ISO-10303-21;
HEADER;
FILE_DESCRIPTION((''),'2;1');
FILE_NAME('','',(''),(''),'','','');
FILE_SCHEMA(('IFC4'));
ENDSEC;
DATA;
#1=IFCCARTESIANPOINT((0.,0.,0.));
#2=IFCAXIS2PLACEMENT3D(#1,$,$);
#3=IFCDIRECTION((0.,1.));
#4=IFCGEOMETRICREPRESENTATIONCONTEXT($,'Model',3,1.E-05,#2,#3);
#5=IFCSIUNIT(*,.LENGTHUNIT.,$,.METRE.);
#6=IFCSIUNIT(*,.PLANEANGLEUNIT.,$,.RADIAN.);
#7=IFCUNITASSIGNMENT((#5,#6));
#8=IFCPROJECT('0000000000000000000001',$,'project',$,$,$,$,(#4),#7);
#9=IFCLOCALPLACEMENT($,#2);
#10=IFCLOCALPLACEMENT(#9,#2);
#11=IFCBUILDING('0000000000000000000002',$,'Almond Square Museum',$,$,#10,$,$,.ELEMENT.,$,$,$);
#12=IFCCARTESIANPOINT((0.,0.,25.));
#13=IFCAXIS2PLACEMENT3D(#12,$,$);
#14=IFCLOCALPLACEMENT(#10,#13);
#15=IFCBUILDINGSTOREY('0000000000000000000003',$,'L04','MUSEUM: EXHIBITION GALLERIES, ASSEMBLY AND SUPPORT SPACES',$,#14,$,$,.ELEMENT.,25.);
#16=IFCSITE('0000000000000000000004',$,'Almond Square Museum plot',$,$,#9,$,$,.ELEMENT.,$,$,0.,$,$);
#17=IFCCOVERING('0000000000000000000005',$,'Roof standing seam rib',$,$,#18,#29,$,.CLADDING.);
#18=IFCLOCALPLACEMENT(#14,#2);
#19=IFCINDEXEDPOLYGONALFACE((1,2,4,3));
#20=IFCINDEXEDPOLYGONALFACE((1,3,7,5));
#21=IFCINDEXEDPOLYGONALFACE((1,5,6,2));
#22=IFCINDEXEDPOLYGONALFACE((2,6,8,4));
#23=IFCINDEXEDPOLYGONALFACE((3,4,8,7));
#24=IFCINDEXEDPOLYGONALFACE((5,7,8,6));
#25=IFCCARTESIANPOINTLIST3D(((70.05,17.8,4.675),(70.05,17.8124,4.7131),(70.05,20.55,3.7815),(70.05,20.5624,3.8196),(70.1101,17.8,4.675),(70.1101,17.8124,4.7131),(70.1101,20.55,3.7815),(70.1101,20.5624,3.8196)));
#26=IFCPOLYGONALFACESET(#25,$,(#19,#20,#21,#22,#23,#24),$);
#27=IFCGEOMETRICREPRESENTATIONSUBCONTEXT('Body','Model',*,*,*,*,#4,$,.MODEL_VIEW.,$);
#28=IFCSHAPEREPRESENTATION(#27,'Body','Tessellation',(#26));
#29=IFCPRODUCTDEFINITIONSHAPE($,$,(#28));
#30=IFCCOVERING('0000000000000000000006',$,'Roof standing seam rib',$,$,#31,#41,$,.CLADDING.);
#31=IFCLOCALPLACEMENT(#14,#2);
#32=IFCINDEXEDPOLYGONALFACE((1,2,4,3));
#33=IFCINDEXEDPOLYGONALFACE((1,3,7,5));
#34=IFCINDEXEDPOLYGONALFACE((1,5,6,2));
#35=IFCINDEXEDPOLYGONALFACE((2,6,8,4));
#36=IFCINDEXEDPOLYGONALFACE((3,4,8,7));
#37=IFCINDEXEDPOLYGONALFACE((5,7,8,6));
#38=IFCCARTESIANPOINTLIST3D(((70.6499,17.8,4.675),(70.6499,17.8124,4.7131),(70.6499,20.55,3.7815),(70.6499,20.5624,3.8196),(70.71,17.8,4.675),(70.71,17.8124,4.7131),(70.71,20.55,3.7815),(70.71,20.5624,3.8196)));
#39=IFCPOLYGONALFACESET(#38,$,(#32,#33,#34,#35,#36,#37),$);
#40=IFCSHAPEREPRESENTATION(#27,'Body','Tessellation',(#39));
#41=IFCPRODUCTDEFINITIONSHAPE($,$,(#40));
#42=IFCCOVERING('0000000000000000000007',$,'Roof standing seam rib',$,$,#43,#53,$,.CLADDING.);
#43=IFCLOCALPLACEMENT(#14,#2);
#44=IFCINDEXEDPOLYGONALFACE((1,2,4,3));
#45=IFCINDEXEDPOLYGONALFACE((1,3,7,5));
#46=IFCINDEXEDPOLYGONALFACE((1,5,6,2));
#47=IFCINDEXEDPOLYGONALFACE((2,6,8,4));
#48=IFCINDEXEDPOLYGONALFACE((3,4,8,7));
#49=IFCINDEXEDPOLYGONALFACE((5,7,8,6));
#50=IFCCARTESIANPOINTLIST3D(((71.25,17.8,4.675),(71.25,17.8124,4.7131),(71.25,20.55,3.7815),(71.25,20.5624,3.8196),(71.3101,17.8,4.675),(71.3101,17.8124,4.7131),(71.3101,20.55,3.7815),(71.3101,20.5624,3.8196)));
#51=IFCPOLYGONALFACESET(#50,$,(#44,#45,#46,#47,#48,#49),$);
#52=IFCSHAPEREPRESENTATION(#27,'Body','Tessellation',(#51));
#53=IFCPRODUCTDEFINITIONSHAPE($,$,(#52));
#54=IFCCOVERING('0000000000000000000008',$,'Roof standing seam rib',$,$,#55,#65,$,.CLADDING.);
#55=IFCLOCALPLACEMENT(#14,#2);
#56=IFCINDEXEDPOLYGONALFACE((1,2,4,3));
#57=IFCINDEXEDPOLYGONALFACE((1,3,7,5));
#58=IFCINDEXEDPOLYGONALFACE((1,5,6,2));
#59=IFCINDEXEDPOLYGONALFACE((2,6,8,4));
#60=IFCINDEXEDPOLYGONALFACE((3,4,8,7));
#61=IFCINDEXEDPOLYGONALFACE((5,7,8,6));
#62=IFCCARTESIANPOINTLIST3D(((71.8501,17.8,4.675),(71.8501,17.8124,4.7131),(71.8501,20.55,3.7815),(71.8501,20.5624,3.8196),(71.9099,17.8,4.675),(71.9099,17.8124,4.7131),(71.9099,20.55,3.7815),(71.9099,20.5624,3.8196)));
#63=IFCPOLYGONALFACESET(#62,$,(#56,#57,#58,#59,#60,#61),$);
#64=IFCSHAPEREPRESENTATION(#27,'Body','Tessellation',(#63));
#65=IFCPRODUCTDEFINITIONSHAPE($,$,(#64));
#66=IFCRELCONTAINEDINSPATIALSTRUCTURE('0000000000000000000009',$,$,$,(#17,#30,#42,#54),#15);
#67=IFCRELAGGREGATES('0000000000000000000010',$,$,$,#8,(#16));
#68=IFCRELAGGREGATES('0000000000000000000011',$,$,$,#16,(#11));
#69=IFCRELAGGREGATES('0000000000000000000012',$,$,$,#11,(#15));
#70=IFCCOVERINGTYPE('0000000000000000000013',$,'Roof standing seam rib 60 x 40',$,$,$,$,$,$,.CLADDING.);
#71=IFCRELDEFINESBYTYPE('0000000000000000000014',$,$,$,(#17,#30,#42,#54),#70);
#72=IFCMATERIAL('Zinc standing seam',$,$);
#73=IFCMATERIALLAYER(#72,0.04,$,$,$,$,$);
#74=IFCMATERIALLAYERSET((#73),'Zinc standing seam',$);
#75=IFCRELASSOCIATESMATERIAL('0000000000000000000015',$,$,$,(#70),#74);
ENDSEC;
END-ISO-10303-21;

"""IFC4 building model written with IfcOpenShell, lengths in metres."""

from ifc_helpers import new_model, si_unit, direction, frame, origin, place, context, subcontext, project, spatial, polyline, outline, extrude, material, layer, layer_set, type_object, element, save


model = new_model("IFC4")

# Units and contexts
model_context = context("Model", 3, precision=1e-05, world=origin(), true_north=direction((0.0, 1.0)))
body_context = subcontext(model_context, "Body", "Model", "MODEL_VIEW")
ifc_project = project(units=[si_unit("LENGTHUNIT", "METRE"), si_unit("PLANEANGLEUNIT", "RADIAN")], contexts=[model_context])

# Site, building, storey
site_placement = place(None, origin())
site = spatial("IfcSite", under=ifc_project, at=site_placement, Name="Almond Square Museum plot", CompositionType="ELEMENT", RefElevation=0.0)
building_placement = place(site_placement, origin())
building = spatial("IfcBuilding", under=site, at=building_placement, Name="Almond Square Museum", CompositionType="ELEMENT")
storey_placement = place(building_placement, frame((0.0, 0.0, 25.0)))
storey = spatial("IfcBuildingStorey", under=building, at=storey_placement, Name="L04", Description="MUSEUM: EXHIBITION GALLERIES, ASSEMBLY AND SUPPORT SPACES", CompositionType="ELEMENT", Elevation=25.0)

# Coverings
ifc_material_1 = material(Name="Zinc standing seam")
ifc_layer_1 = layer(ifc_material_1, 0.04)
ifc_layer_set_1 = layer_set([ifc_layer_1], Name="Zinc standing seam")
covering_type = type_object("IfcCoveringType", Name="Roof standing seam rib 60 x 40", PredefinedType="CLADDING", material=ifc_layer_set_1)
for number, where, z_axis, x_axis, name in (
    (1, (70.05, 17.8, 4.675), (0.0, 0.309025, 0.951054), (1.0, 0.0, 0.0), "Roof standing seam rib"),
    (2, (70.6499, 17.8, 4.675), (0.0, 0.309025, 0.951054), (1.0, 0.0, 0.0), "Roof standing seam rib"),
    (3, (71.25, 17.8, 4.675), (0.0, 0.309025, 0.951054), (1.0, 0.0, 0.0), "Roof standing seam rib"),
):
    element("IfcCovering", number, at=place(storey_placement, frame(where, z_axis=z_axis, x_axis=x_axis)), inside=storey, type_object=covering_type, Name=name, PredefinedType="CLADDING", context=body_context, shape_type="SweptSolid", body=[
        extrude(outline(polyline([(0.0, 0.0), (0.0601, 0.0), (0.0601, 2.8915), (0.0, 2.8915), (0.0, 0.0)])), origin(), (0.0, 0.0, 1.0), 0.04),
    ])
covering_1_placement = place(storey_placement, frame((71.8501, 17.8, 4.675), z_axis=(0.0, 0.309025, 0.951054), x_axis=(1.0, 0.0, 0.0)))
element("IfcCovering", 4, at=covering_1_placement, inside=storey, type_object=covering_type, Name="Roof standing seam rib", PredefinedType="CLADDING", context=body_context, shape_type="SweptSolid", body=[
    extrude(outline(polyline([(0.0, 0.0), (0.0598, 0.0), (0.0598, 2.8915), (0.0, 2.8915), (0.0, 0.0)])), origin(), (0.0, 0.0, 1.0), 0.04),
])

save(model, "model.ifc")
